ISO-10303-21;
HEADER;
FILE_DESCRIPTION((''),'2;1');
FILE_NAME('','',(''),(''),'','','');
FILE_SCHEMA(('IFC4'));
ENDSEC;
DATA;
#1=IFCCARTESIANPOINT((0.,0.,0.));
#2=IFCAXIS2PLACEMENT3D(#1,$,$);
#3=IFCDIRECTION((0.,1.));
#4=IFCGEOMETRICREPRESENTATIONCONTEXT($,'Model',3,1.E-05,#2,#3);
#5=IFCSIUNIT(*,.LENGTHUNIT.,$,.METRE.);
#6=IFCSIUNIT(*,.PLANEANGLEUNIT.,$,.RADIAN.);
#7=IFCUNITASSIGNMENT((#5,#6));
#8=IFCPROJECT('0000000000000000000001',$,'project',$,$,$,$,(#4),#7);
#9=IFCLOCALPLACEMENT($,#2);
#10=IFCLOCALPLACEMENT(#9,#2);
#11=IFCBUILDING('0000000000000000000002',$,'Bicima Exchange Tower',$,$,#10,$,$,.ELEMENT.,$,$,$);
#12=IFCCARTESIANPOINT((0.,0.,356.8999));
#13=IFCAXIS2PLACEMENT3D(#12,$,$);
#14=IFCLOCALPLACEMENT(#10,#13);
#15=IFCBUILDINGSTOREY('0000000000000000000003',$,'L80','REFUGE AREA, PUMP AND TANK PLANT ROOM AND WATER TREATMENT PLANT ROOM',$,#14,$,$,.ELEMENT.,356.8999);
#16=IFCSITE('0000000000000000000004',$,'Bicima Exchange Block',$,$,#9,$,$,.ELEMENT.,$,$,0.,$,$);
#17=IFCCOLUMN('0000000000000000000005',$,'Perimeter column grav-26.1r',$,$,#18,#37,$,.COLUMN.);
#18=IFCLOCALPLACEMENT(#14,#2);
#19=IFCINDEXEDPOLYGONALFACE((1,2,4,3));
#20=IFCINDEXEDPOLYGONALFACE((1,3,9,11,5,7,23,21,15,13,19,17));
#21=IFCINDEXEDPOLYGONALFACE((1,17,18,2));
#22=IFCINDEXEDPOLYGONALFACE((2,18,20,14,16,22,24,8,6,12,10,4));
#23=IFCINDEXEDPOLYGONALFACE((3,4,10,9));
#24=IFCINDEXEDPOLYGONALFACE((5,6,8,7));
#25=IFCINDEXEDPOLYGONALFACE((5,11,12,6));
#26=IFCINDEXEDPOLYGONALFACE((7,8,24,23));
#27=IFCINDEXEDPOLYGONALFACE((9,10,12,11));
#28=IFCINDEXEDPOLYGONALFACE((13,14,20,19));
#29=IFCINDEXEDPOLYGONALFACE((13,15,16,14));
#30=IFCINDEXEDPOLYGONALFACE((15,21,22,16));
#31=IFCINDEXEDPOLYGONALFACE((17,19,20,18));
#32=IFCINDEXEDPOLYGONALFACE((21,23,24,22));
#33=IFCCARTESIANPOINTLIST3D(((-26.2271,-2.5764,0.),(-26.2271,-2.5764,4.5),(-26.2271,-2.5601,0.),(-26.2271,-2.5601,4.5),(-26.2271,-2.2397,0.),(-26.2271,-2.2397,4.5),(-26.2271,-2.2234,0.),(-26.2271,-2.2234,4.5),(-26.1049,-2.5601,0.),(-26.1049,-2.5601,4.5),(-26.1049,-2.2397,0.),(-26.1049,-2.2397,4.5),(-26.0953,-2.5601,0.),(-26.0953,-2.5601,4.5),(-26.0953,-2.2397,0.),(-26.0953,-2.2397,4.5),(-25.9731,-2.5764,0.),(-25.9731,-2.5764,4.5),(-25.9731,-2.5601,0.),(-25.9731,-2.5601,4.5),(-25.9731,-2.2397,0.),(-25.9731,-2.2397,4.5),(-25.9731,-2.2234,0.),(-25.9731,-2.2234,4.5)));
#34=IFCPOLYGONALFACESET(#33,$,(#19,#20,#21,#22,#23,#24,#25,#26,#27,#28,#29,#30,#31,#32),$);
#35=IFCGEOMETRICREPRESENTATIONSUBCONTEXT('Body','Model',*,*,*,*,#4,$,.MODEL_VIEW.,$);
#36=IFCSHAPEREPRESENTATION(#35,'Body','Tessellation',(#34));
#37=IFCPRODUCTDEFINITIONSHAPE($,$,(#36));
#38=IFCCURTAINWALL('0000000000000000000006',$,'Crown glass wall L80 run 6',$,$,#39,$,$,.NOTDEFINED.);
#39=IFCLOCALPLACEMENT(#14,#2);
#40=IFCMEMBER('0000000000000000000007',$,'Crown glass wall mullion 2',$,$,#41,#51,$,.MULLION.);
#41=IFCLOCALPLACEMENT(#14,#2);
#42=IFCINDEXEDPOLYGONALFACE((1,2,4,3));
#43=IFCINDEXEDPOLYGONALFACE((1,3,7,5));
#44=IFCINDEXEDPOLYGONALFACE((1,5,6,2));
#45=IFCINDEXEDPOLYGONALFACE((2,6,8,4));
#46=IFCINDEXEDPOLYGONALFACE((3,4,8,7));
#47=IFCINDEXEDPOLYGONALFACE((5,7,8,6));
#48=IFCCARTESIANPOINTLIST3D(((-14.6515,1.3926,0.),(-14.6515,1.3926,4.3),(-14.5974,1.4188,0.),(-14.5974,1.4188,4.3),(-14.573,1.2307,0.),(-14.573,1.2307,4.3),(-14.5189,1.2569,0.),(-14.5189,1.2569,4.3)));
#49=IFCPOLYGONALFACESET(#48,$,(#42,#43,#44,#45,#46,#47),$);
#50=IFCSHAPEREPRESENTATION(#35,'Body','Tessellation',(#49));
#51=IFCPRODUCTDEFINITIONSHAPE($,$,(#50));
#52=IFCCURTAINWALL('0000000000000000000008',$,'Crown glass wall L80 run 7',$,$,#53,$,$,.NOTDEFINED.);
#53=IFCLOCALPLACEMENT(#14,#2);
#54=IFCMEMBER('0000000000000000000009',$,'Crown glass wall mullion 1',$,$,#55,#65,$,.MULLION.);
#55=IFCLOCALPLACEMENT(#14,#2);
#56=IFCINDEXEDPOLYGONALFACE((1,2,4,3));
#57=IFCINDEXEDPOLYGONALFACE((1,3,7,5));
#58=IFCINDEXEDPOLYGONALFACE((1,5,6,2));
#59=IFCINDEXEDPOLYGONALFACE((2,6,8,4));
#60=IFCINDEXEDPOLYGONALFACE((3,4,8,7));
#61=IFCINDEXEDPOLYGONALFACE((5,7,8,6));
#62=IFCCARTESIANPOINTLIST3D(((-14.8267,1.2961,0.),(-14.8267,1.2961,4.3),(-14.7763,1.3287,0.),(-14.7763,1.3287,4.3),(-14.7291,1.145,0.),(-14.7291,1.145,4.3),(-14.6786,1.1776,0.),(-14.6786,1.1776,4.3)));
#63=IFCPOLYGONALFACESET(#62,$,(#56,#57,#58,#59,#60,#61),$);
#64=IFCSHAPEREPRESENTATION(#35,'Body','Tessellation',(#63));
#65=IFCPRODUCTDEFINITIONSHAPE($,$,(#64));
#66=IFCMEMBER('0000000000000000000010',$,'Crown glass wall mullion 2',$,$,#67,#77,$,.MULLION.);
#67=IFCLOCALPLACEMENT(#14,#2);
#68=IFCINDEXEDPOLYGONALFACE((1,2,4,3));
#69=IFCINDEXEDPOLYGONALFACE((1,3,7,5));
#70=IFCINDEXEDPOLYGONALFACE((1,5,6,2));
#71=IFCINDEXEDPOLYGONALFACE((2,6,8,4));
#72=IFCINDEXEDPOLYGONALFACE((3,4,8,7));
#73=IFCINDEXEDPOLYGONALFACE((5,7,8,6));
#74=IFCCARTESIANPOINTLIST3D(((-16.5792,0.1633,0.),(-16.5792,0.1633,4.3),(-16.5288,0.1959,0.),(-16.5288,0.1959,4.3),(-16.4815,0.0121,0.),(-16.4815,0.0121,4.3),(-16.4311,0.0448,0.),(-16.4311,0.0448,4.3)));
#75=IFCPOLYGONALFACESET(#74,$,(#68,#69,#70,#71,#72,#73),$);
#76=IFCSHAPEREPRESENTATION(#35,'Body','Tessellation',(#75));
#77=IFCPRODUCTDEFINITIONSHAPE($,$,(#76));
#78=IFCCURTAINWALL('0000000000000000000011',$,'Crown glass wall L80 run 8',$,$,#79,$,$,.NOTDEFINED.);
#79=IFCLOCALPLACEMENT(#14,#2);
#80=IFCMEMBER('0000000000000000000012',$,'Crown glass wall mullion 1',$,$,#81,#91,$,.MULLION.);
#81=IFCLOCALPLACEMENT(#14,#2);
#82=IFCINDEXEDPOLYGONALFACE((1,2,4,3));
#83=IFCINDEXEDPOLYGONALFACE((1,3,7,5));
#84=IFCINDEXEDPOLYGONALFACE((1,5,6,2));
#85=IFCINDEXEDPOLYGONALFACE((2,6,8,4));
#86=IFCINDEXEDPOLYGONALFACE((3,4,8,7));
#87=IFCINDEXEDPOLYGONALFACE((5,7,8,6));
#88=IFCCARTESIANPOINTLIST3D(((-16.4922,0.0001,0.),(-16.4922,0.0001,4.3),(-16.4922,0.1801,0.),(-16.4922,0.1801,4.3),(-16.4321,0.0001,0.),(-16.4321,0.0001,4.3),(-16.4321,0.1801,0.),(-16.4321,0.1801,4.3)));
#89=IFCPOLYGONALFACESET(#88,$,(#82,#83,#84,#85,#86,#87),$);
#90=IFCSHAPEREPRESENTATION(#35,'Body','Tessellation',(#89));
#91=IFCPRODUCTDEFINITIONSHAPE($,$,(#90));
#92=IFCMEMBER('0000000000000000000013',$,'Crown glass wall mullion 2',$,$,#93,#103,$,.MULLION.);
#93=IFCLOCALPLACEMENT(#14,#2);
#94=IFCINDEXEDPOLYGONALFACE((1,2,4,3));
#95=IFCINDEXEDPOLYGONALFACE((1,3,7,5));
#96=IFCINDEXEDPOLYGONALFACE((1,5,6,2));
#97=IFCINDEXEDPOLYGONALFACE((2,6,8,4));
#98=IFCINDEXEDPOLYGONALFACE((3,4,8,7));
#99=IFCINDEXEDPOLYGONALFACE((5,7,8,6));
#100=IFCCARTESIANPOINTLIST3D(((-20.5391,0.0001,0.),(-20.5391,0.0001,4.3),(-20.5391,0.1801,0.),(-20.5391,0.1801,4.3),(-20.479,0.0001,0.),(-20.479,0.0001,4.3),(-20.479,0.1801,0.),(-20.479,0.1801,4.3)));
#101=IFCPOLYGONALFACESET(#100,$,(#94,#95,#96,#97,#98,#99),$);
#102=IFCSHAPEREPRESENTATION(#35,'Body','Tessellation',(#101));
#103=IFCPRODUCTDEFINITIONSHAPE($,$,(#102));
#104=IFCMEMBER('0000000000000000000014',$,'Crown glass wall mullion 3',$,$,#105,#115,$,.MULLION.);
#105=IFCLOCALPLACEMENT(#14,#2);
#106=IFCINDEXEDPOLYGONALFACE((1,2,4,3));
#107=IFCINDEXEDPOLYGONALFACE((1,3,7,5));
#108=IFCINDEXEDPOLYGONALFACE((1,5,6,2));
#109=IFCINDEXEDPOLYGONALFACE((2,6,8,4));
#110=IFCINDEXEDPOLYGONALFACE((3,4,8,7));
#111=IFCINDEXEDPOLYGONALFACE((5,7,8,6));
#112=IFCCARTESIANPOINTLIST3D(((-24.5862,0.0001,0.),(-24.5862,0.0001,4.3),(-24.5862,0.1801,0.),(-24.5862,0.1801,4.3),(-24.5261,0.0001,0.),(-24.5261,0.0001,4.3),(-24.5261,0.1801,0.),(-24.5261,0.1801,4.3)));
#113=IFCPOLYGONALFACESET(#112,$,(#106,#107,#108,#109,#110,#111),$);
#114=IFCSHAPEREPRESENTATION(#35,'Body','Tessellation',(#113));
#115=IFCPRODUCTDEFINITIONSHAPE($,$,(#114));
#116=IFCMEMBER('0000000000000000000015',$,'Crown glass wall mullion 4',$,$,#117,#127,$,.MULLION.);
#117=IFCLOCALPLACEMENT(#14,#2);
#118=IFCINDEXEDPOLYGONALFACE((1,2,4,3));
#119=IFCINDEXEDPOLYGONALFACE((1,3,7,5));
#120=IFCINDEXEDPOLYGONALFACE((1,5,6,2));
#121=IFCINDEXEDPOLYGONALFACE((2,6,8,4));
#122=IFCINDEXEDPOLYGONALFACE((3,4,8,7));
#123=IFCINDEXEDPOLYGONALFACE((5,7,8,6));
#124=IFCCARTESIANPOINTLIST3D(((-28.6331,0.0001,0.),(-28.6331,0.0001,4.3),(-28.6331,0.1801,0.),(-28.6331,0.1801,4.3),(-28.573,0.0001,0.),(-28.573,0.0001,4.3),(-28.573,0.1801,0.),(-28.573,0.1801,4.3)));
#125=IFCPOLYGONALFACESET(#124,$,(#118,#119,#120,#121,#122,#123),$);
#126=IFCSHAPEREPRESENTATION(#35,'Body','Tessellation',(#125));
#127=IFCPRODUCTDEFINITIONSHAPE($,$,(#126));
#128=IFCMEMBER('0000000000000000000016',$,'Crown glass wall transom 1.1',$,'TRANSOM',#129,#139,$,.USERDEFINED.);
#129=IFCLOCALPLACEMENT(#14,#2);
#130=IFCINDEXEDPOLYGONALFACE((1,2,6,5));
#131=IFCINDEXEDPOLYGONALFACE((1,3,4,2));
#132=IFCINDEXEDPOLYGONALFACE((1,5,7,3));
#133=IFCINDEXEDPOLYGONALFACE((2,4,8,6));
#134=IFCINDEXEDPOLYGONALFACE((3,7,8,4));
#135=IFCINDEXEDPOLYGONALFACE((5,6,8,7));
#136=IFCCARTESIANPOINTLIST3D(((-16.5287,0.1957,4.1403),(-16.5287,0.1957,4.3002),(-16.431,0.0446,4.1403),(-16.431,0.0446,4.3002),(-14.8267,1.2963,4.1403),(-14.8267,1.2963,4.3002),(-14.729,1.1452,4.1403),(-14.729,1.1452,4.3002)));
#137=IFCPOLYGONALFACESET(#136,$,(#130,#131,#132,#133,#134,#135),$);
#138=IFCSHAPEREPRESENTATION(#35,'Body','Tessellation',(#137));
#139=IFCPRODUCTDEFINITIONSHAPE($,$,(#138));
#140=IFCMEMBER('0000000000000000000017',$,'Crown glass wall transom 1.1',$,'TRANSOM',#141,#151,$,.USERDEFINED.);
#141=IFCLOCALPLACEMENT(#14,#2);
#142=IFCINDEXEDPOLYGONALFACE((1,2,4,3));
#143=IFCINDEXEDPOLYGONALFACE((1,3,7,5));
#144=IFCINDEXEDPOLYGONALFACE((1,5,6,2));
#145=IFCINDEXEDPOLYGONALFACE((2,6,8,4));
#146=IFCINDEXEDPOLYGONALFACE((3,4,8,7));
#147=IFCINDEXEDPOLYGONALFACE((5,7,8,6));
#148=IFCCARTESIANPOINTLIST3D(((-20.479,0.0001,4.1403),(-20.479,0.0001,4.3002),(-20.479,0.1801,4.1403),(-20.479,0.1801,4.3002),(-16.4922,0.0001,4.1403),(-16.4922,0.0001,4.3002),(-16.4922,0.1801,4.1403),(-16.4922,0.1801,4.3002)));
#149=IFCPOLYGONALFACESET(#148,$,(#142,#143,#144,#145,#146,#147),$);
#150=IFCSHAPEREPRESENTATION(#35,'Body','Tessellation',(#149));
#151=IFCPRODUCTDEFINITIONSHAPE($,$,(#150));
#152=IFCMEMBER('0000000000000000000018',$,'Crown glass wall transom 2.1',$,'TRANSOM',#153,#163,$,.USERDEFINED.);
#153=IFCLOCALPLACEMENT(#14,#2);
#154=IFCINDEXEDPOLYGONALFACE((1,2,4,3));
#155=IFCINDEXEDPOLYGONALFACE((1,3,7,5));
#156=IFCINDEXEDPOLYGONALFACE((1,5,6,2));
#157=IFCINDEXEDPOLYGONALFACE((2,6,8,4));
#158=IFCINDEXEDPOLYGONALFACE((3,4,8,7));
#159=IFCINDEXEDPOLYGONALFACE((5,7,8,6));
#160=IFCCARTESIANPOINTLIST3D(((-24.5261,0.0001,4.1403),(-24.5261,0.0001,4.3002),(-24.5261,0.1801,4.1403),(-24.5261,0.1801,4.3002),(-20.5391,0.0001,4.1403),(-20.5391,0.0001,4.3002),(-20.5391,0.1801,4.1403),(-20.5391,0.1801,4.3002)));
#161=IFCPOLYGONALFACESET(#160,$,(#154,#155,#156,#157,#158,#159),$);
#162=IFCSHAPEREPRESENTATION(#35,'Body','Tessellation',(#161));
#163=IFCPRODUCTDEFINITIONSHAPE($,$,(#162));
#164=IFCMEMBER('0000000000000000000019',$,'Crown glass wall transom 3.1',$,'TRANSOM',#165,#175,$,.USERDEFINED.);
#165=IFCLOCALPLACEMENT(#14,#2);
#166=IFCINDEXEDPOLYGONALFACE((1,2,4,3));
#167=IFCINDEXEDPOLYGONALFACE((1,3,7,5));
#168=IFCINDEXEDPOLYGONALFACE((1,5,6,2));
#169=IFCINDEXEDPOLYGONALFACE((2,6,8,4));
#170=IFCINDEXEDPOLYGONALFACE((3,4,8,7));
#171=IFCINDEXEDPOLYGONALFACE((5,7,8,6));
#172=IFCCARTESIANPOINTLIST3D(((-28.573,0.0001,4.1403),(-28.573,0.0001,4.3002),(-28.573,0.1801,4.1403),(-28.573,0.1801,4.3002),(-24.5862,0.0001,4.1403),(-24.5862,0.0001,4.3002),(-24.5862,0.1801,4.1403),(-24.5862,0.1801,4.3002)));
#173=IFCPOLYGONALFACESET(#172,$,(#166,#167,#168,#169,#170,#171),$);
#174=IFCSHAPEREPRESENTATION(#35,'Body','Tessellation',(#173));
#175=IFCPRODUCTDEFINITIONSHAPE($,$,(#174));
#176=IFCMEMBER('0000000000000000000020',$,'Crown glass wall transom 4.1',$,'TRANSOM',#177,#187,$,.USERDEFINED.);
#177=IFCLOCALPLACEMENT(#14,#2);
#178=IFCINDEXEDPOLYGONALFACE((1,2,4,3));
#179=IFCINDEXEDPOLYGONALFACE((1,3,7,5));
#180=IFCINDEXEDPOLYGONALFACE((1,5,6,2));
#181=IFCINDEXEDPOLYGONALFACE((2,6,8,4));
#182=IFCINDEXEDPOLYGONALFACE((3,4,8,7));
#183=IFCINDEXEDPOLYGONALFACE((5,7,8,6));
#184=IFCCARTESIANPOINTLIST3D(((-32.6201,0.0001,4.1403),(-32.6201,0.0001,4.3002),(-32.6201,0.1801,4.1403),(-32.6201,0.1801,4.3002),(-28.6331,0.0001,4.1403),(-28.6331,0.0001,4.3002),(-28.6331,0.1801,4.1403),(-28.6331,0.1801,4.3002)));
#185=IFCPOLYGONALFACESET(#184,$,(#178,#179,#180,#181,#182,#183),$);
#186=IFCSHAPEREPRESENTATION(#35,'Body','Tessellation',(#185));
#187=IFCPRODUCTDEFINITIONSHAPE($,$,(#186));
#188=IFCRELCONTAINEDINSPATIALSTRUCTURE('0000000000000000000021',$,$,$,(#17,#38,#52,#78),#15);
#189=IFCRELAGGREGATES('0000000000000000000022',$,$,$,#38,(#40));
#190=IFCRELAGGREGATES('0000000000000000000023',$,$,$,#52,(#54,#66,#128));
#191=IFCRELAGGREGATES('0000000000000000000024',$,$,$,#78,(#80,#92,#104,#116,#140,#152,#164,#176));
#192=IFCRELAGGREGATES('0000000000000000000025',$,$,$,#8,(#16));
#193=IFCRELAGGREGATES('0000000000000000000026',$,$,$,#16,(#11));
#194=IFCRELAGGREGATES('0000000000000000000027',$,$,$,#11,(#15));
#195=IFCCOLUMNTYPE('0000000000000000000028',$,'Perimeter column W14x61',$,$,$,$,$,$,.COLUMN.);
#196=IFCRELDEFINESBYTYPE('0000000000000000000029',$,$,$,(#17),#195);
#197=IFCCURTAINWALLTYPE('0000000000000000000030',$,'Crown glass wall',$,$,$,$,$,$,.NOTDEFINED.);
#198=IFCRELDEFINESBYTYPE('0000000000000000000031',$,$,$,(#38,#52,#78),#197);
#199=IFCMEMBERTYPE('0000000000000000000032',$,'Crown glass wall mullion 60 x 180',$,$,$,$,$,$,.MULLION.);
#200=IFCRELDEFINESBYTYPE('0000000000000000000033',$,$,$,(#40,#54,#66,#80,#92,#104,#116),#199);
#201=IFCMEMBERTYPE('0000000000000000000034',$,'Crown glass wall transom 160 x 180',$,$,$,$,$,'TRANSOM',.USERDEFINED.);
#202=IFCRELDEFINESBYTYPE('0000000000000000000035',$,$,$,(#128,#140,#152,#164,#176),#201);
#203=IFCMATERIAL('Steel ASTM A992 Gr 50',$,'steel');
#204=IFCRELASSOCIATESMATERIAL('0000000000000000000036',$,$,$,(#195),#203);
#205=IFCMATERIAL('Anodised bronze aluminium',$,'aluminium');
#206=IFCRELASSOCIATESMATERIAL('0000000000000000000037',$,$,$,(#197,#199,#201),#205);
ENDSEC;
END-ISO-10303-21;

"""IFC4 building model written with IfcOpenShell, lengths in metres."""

from ifc_helpers import new_model, si_unit, direction, frame, origin, origin_2d, place, context, subcontext, project, spatial, rectangle, i_section, extrude, material, material_profile, profile_set, type_object, element, aggregate, save


model = new_model("IFC4")

# Units and contexts
model_context = context("Model", 3, precision=1e-05, world=origin(), true_north=direction((0.0, 1.0)))
body_context = subcontext(model_context, "Body", "Model", "MODEL_VIEW")
ifc_project = project(units=[si_unit("LENGTHUNIT", "METRE"), si_unit("PLANEANGLEUNIT", "RADIAN")], contexts=[model_context])

# Site, building, storey
site_placement = place(None, origin())
site = spatial("IfcSite", under=ifc_project, at=site_placement, Name="Bicima Exchange Block", CompositionType="ELEMENT", RefElevation=0.0)
building_placement = place(site_placement, origin())
building = spatial("IfcBuilding", under=site, at=building_placement, Name="Bicima Exchange Tower", CompositionType="ELEMENT")
storey_placement = place(building_placement, frame((0.0, 0.0, 356.8999)))
storey = spatial("IfcBuildingStorey", under=building, at=storey_placement, Name="L80", Description="REFUGE AREA, PUMP AND TANK PLANT ROOM AND WATER TREATMENT PLANT ROOM", CompositionType="ELEMENT", Elevation=356.8999)

# Column
ifc_material_1 = material(Name="Steel ASTM A992 Gr 50", Category="steel")
ifc_material_profile_1 = material_profile(ifc_material_1, i_section(OverallWidth=0.2539, OverallDepth=0.353, WebThickness=0.0095, FlangeThickness=0.0164, at=origin_2d()))
ifc_profile_set_1 = profile_set([ifc_material_profile_1], Name="Steel ASTM A992 Gr 50")
column_type = type_object("IfcColumnType", Name="Perimeter column W14x61", PredefinedType="COLUMN", material=ifc_profile_set_1)
column_placement = place(storey_placement, frame((-26.1001, -2.3999, 0.0), z_axis=(0.0, 0.0, 1.0), x_axis=(1.0, 0.0, 0.0)))
element("IfcColumn", 1, at=column_placement, inside=storey, type_object=column_type, Name="Perimeter column grav-26.1r", PredefinedType="COLUMN", context=body_context, shape_type="SweptSolid", body=[
    extrude(i_section(OverallWidth=0.2539, OverallDepth=0.353, WebThickness=0.0095, FlangeThickness=0.0164, at=origin_2d()), origin(), (0.0, 0.0, 1.0), 4.5),
])

# Curtain wall, member
ifc_material_2 = material(Name="Anodised bronze aluminium", Category="aluminium")
curtain_wall_type = type_object("IfcCurtainWallType", Name="Crown glass wall", PredefinedType="NOTDEFINED", material=ifc_material_2)
curtain_wall_1_placement = place(storey_placement, origin())
curtain_wall_1 = element("IfcCurtainWall", 2, at=curtain_wall_1_placement, inside=storey, type_object=curtain_wall_type, Name="Crown glass wall L80 run 6", PredefinedType="NOTDEFINED")
ifc_material_profile_2 = material_profile(ifc_material_2, rectangle(XDim=0.1799, YDim=0.0601, at=origin_2d()))
ifc_profile_set_2 = profile_set([ifc_material_profile_2], Name="Anodised bronze aluminium")
member_type_1 = type_object("IfcMemberType", Name="Crown glass wall mullion 60 x 180", PredefinedType="MULLION", material=ifc_profile_set_2)
member_1_placement = place(storey_placement, frame((-14.5852, 1.3247, 0.0), z_axis=(0.0, 0.0, 1.0), x_axis=(0.436265, -0.899818, 0.0)))
member_1 = element("IfcMember", 3, at=member_1_placement, type_object=member_type_1, Name="Crown glass wall mullion 2", PredefinedType="MULLION", context=body_context, shape_type="SweptSolid", body=[
    extrude(rectangle(XDim=0.1799, YDim=0.0601, at=origin_2d()), origin(), (0.0, 0.0, 1.0), 4.3),
])
aggregate(curtain_wall_1, [member_1])

# Curtain walls, members
curtain_wall_2_placement = place(storey_placement, origin())
curtain_wall_2 = element("IfcCurtainWall", 4, at=curtain_wall_2_placement, inside=storey, type_object=curtain_wall_type, Name="Crown glass wall L80 run 7", PredefinedType="NOTDEFINED")
member_2_placement = place(storey_placement, frame((-14.7527, 1.2368, 0.0), z_axis=(0.0, 0.0, 1.0), x_axis=(0.542911, -0.83979, 0.0)))
member_2 = element("IfcMember", 5, at=member_2_placement, type_object=member_type_1, Name="Crown glass wall mullion 1", PredefinedType="MULLION", context=body_context, shape_type="SweptSolid", body=[
    extrude(rectangle(XDim=0.1799, YDim=0.0601, at=origin_2d()), origin(), (0.0, 0.0, 1.0), 4.3),
])
member_3_placement = place(storey_placement, frame((-16.5051, 0.104, 0.0), z_axis=(0.0, 0.0, 1.0), x_axis=(0.542911, -0.83979, 0.0)))
member_3 = element("IfcMember", 6, at=member_3_placement, type_object=member_type_1, Name="Crown glass wall mullion 2", PredefinedType="MULLION", context=body_context, shape_type="SweptSolid", body=[
    extrude(rectangle(XDim=0.1799, YDim=0.0601, at=origin_2d()), origin(), (0.0, 0.0, 1.0), 4.3),
])
curtain_wall_3_placement = place(storey_placement, origin())
curtain_wall_3 = element("IfcCurtainWall", 7, at=curtain_wall_3_placement, inside=storey, type_object=curtain_wall_type, Name="Crown glass wall L80 run 8", PredefinedType="NOTDEFINED")
member_4_placement = place(storey_placement, frame((-16.4622, 0.0901, 0.0), z_axis=(0.0, 0.0, 1.0), x_axis=(0.0, -1.0, 0.0)))
member_4 = element("IfcMember", 8, at=member_4_placement, type_object=member_type_1, Name="Crown glass wall mullion 1", PredefinedType="MULLION", context=body_context, shape_type="SweptSolid", body=[
    extrude(rectangle(XDim=0.1799, YDim=0.0601, at=origin_2d()), origin(), (0.0, 0.0, 1.0), 4.3),
])
member_5_placement = place(storey_placement, frame((-20.509, 0.0901, 0.0), z_axis=(0.0, 0.0, 1.0), x_axis=(0.0, -1.0, 0.0)))
member_5 = element("IfcMember", 9, at=member_5_placement, type_object=member_type_1, Name="Crown glass wall mullion 2", PredefinedType="MULLION", context=body_context, shape_type="SweptSolid", body=[
    extrude(rectangle(XDim=0.1799, YDim=0.0601, at=origin_2d()), origin(), (0.0, 0.0, 1.0), 4.3),
])
member_6_placement = place(storey_placement, frame((-24.5562, 0.0901, 0.0), z_axis=(0.0, 0.0, 1.0), x_axis=(0.0, -1.0, 0.0)))
member_6 = element("IfcMember", 10, at=member_6_placement, type_object=member_type_1, Name="Crown glass wall mullion 3", PredefinedType="MULLION", context=body_context, shape_type="SweptSolid", body=[
    extrude(rectangle(XDim=0.1799, YDim=0.0601, at=origin_2d()), origin(), (0.0, 0.0, 1.0), 4.3),
])
member_7_placement = place(storey_placement, frame((-28.603, 0.0901, 0.0), z_axis=(0.0, 0.0, 1.0), x_axis=(0.0, -1.0, 0.0)))
member_7 = element("IfcMember", 11, at=member_7_placement, type_object=member_type_1, Name="Crown glass wall mullion 4", PredefinedType="MULLION", context=body_context, shape_type="SweptSolid", body=[
    extrude(rectangle(XDim=0.1799, YDim=0.0601, at=origin_2d()), origin(), (0.0, 0.0, 1.0), 4.3),
])

# Members
ifc_material_profile_3 = material_profile(ifc_material_2, rectangle(XDim=0.1799, YDim=0.1599, at=origin_2d()))
ifc_profile_set_3 = profile_set([ifc_material_profile_3], Name="Anodised bronze aluminium")
member_type_2 = type_object("IfcMemberType", Name="Crown glass wall transom 160 x 180", ElementType="TRANSOM", PredefinedType="USERDEFINED", material=ifc_profile_set_3)
member_8_placement = place(storey_placement, frame((-14.7778, 1.2207, 4.2202), z_axis=(-0.839751, -0.542972, 0.0), x_axis=(0.542972, -0.839751, 0.0)))
member_8 = element("IfcMember", 12, at=member_8_placement, type_object=member_type_2, Name="Crown glass wall transom 1.1", ObjectType="TRANSOM", PredefinedType="USERDEFINED", context=body_context, shape_type="SweptSolid", body=[
    extrude(rectangle(XDim=0.1799, YDim=0.1599, at=origin_2d()), origin(), (0.0, 0.0, 1.0), 2.0269),
])
member_9_placement = place(storey_placement, frame((-16.4922, 0.0901, 4.2202), z_axis=(-1.0, 0.0, 0.0), x_axis=(0.0, -1.0, 0.0)))
member_9 = element("IfcMember", 13, at=member_9_placement, type_object=member_type_2, Name="Crown glass wall transom 1.1", ObjectType="TRANSOM", PredefinedType="USERDEFINED", context=body_context, shape_type="SweptSolid", body=[
    extrude(rectangle(XDim=0.1799, YDim=0.1599, at=origin_2d()), origin(), (0.0, 0.0, 1.0), 3.9868),
])
member_10_placement = place(storey_placement, frame((-20.5391, 0.0901, 4.2202), z_axis=(-1.0, 0.0, 0.0), x_axis=(0.0, -1.0, 0.0)))
member_10 = element("IfcMember", 14, at=member_10_placement, type_object=member_type_2, Name="Crown glass wall transom 2.1", ObjectType="TRANSOM", PredefinedType="USERDEFINED", context=body_context, shape_type="SweptSolid", body=[
    extrude(rectangle(XDim=0.1799, YDim=0.1599, at=origin_2d()), origin(), (0.0, 0.0, 1.0), 3.9871),
])
member_11_placement = place(storey_placement, frame((-24.5862, 0.0901, 4.2202), z_axis=(-1.0, 0.0, 0.0), x_axis=(0.0, -1.0, 0.0)))
member_11 = element("IfcMember", 15, at=member_11_placement, type_object=member_type_2, Name="Crown glass wall transom 3.1", ObjectType="TRANSOM", PredefinedType="USERDEFINED", context=body_context, shape_type="SweptSolid", body=[
    extrude(rectangle(XDim=0.1799, YDim=0.1599, at=origin_2d()), origin(), (0.0, 0.0, 1.0), 3.9868),
])
member_12_placement = place(storey_placement, frame((-28.6331, 0.0901, 4.2202), z_axis=(-1.0, 0.0, 0.0), x_axis=(0.0, -1.0, 0.0)))
member_12 = element("IfcMember", 16, at=member_12_placement, type_object=member_type_2, Name="Crown glass wall transom 4.1", ObjectType="TRANSOM", PredefinedType="USERDEFINED", context=body_context, shape_type="SweptSolid", body=[
    extrude(rectangle(XDim=0.1799, YDim=0.1599, at=origin_2d()), origin(), (0.0, 0.0, 1.0), 3.9871),
])

aggregate(curtain_wall_2, [member_2, member_3, member_8])
aggregate(curtain_wall_3, [member_4, member_5, member_6, member_7, member_9, member_10, member_11, member_12])

save(model, "model.ifc")
